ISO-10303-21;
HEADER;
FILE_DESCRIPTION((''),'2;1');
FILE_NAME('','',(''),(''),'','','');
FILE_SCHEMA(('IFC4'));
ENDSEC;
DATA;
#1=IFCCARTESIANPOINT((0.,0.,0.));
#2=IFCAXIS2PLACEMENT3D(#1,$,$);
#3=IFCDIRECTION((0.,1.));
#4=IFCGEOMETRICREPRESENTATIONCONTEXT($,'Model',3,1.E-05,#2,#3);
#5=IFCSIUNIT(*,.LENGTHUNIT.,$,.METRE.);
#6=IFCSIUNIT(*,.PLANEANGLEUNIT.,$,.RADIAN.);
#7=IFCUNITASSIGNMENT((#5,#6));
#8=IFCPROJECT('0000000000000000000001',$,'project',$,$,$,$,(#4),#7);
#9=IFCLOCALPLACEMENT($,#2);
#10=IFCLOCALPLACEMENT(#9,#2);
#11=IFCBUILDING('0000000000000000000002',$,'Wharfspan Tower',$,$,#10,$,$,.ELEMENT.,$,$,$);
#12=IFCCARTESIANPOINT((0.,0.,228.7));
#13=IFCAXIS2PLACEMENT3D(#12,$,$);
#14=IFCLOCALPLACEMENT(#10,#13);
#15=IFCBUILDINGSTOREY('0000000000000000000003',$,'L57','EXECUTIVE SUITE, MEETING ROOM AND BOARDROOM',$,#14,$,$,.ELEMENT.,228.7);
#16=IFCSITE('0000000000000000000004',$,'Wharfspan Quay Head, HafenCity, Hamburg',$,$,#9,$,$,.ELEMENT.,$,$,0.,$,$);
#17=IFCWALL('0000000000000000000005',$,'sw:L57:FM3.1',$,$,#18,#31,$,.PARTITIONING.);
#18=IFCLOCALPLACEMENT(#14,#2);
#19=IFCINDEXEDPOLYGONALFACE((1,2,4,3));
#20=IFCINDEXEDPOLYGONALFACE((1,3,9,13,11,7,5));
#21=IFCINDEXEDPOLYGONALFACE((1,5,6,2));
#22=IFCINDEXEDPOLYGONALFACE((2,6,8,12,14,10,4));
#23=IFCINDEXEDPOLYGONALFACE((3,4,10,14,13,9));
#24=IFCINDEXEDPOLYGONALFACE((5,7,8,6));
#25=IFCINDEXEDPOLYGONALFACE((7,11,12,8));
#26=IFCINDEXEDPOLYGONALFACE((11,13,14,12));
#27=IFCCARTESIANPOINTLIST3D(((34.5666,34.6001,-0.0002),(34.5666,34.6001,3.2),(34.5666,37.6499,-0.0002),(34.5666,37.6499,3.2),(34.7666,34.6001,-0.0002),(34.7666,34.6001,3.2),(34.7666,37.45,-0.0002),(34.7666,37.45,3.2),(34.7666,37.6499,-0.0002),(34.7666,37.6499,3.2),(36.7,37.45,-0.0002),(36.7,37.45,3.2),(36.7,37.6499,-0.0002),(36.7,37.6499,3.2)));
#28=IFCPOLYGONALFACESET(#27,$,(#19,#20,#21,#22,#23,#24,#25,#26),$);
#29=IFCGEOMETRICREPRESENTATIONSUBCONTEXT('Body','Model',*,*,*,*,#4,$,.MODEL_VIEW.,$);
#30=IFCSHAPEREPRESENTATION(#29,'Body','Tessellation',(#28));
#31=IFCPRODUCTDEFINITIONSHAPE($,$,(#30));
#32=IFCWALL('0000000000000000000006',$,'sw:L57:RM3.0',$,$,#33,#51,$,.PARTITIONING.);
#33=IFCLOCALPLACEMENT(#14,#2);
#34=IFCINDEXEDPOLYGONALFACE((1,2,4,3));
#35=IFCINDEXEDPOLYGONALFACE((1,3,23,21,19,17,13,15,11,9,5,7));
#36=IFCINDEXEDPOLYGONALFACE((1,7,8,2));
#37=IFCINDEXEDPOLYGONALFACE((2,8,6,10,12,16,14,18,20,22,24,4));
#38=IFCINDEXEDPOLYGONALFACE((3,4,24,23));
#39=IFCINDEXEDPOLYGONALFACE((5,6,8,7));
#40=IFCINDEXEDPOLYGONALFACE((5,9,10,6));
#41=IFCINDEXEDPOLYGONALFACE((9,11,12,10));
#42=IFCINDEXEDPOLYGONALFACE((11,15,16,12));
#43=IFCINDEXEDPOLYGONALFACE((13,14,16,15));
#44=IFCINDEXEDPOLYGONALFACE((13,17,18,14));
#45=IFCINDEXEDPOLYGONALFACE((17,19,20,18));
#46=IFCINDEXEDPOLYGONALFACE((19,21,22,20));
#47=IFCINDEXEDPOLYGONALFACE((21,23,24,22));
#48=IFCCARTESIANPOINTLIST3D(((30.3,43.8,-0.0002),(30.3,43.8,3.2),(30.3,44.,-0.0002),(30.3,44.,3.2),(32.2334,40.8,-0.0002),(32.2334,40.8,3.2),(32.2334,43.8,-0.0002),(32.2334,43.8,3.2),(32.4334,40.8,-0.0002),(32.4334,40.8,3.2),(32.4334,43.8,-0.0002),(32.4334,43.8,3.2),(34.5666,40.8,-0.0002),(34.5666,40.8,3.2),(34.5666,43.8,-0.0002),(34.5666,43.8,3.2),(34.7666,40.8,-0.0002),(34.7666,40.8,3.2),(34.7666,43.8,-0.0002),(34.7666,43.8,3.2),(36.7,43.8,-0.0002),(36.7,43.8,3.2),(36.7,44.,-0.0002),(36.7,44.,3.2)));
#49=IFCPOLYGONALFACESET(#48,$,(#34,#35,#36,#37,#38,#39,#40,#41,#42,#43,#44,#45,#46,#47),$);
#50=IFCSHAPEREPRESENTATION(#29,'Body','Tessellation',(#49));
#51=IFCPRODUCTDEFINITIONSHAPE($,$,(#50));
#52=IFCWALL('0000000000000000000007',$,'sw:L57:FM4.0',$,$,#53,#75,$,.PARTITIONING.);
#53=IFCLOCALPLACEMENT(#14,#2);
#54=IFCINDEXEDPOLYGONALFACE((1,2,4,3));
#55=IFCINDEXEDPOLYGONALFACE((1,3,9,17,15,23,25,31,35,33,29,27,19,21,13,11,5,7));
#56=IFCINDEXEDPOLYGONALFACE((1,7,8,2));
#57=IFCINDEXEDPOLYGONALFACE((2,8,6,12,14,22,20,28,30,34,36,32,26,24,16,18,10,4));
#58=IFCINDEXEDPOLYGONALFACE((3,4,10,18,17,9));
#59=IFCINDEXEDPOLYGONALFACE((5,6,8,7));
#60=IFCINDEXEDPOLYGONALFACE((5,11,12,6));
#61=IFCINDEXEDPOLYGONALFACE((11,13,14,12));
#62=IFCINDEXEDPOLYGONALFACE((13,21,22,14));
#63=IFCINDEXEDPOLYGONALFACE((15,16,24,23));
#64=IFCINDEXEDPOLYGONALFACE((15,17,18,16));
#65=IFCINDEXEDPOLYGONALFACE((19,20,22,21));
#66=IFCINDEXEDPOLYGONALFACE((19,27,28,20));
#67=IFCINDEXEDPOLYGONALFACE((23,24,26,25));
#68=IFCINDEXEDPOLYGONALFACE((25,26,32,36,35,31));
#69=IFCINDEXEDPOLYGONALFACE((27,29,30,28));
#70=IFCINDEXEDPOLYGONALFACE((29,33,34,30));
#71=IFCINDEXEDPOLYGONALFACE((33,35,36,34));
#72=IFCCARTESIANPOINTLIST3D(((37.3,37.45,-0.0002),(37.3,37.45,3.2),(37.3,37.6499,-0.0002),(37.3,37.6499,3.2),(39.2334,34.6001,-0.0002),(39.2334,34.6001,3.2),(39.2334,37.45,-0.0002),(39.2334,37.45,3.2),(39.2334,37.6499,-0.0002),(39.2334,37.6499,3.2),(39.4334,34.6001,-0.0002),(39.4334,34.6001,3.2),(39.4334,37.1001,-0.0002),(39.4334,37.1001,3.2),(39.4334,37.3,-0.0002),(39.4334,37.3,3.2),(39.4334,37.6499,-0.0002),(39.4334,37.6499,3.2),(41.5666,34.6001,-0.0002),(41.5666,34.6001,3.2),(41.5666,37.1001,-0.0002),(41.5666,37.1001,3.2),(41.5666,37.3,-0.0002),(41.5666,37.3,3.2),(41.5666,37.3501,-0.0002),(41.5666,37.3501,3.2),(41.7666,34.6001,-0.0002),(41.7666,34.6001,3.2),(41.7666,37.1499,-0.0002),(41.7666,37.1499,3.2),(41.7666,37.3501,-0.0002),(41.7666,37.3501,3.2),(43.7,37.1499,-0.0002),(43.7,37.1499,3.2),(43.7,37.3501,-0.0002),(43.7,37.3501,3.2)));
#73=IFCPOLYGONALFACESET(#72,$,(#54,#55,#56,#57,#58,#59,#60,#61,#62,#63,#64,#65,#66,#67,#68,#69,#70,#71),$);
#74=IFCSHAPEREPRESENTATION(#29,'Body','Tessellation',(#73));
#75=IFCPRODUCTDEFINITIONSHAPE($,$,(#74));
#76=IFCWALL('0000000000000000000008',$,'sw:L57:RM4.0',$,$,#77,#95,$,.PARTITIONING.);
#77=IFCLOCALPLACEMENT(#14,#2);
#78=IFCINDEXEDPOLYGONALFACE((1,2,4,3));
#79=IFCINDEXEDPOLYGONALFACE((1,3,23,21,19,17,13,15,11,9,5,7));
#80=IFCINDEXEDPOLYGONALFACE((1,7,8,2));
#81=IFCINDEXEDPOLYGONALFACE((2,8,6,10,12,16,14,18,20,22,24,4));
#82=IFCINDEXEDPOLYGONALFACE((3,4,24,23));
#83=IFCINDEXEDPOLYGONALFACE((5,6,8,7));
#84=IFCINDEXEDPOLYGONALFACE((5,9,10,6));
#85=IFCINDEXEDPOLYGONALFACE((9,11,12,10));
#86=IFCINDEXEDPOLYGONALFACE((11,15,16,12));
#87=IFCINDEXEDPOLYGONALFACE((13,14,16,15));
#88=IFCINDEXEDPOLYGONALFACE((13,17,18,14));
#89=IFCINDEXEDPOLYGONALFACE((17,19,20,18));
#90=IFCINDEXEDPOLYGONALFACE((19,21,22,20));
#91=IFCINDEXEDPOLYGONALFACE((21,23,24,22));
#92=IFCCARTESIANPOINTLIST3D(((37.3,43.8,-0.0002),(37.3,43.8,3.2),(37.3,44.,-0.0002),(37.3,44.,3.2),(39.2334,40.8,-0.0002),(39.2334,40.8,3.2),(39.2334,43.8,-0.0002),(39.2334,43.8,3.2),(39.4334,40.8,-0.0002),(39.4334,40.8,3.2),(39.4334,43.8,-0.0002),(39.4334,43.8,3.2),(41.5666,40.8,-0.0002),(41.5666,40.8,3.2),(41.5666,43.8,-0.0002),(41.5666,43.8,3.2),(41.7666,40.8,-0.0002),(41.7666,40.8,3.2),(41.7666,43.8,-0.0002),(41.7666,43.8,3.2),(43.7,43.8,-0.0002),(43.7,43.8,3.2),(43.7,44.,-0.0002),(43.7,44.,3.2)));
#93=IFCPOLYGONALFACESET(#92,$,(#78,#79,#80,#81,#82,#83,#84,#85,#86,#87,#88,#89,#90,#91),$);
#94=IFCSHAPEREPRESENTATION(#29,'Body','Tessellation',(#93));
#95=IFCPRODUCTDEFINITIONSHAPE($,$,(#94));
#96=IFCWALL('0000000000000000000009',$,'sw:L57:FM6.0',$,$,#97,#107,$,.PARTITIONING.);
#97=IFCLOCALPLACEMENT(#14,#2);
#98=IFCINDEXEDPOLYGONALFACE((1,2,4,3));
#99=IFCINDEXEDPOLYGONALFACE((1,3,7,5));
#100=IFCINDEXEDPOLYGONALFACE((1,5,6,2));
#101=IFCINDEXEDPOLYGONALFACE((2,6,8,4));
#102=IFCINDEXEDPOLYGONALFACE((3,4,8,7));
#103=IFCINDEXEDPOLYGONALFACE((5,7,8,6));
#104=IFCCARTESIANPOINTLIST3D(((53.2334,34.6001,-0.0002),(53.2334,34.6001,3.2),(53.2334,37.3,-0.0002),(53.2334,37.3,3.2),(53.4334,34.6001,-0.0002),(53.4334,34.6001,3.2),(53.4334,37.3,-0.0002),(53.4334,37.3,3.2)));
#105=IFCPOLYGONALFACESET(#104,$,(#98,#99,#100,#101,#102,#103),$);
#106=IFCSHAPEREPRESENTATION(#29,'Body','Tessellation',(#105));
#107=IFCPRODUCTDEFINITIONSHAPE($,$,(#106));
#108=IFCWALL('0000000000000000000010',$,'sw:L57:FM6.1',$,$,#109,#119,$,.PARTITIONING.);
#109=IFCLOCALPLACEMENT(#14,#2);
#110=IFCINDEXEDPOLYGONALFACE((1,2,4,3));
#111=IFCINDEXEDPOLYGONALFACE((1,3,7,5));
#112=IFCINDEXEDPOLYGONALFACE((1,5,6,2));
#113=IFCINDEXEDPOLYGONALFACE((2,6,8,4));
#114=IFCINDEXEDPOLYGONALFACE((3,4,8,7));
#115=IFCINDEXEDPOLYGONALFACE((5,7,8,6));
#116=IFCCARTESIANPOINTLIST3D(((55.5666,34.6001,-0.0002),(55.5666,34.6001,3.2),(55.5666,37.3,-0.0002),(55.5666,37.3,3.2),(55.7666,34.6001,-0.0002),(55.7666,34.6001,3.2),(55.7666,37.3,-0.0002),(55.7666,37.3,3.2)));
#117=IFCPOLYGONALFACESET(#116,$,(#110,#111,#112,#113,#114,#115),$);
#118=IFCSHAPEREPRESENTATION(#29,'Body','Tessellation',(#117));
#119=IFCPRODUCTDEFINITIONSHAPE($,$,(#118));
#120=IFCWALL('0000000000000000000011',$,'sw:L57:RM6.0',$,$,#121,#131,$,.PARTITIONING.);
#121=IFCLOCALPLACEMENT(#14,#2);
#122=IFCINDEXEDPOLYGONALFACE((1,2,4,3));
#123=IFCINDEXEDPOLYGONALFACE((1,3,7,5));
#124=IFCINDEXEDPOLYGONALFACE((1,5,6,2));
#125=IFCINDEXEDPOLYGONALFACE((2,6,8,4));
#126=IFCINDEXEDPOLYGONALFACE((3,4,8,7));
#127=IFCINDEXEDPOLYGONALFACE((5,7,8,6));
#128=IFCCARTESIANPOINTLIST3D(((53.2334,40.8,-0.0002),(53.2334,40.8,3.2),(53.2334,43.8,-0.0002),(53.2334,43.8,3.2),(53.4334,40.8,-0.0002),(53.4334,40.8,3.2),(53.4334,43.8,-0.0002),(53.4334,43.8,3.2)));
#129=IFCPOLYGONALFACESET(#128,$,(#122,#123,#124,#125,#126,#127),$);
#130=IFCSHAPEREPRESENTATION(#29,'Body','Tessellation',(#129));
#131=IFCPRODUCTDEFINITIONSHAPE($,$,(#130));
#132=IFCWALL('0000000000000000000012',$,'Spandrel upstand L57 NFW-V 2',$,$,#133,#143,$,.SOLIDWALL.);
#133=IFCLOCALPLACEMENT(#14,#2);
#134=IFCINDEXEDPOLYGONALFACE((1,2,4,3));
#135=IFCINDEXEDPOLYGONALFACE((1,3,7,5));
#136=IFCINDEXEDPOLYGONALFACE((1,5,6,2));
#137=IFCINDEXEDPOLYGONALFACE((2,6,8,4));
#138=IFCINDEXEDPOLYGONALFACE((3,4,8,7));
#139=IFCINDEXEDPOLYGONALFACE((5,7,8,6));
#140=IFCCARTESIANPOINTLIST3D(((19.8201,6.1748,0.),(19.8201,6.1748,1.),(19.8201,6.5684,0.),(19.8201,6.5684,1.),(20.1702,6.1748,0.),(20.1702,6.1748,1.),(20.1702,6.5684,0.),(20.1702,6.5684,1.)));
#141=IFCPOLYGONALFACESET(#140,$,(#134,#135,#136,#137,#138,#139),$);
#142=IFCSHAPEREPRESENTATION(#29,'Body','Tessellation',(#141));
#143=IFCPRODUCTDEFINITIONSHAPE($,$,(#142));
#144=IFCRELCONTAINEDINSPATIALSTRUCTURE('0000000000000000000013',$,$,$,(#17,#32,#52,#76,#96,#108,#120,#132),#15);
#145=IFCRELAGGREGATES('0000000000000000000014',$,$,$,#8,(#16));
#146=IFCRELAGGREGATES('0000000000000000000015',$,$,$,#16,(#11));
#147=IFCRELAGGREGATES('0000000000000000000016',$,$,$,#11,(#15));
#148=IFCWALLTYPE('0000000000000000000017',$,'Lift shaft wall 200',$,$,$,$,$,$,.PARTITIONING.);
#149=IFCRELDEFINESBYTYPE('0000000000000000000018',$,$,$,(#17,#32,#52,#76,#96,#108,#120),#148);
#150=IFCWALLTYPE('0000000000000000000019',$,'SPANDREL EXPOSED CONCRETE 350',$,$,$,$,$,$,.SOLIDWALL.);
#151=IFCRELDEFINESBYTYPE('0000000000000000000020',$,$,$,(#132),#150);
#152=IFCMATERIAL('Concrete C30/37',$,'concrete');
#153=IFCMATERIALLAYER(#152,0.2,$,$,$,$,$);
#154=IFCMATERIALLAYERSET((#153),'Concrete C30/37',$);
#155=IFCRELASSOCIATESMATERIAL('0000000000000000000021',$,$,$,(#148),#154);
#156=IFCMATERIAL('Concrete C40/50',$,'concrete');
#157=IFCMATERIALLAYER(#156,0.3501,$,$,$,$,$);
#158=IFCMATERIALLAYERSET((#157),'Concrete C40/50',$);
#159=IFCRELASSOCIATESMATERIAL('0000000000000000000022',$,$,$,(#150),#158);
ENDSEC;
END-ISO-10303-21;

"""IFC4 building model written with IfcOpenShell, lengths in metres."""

from ifc_helpers import new_model, si_unit, direction, frame, frame_2d, origin, place, context, subcontext, project, spatial, polyline, rectangle, outline, extrude, material, layer, layer_set, type_object, element, save


model = new_model("IFC4")

# Units and contexts
model_context = context("Model", 3, precision=1e-05, world=origin(), true_north=direction((0.0, 1.0)))
body_context = subcontext(model_context, "Body", "Model", "MODEL_VIEW")
ifc_project = project(units=[si_unit("LENGTHUNIT", "METRE"), si_unit("PLANEANGLEUNIT", "RADIAN")], contexts=[model_context])

# Site, building, storey
site_placement = place(None, origin())
site = spatial("IfcSite", under=ifc_project, at=site_placement, Name="Wharfspan Quay Head, HafenCity, Hamburg", CompositionType="ELEMENT", RefElevation=0.0)
building_placement = place(site_placement, origin())
building = spatial("IfcBuilding", under=site, at=building_placement, Name="Wharfspan Tower", CompositionType="ELEMENT")
storey_placement = place(building_placement, frame((0.0, 0.0, 228.7)))
storey = spatial("IfcBuildingStorey", under=building, at=storey_placement, Name="L57", Description="EXECUTIVE SUITE, MEETING ROOM AND BOARDROOM", CompositionType="ELEMENT", Elevation=228.7)

# Shared definitions
ifc_material_1 = material(Name="Concrete C40/50", Category="concrete")

# Walls
ifc_material_2 = material(Name="Concrete C30/37", Category="concrete")
ifc_layer_1 = layer(ifc_material_2, 0.2)
ifc_layer_set_1 = layer_set([ifc_layer_1], Name="Concrete C30/37")
wall_type_1 = type_object("IfcWallType", Name="Lift shaft wall 200", PredefinedType="PARTITIONING", material=ifc_layer_set_1)
wall_1_placement = place(storey_placement, frame((0.0, 0.0, -0.0002)))
element("IfcWall", 1, at=wall_1_placement, inside=storey, type_object=wall_type_1, Name="sw:L57:FM3.1", PredefinedType="PARTITIONING", context=body_context, shape_type="SweptSolid", body=[
    extrude(outline(polyline([(34.5667, 37.6499), (34.7666, 37.6499), (36.7, 37.6499), (36.7, 37.45), (34.7666, 37.45), (34.7666, 34.6001), (34.5667, 34.6001), (34.5667, 37.6499)])), origin(), (0.0, 0.0, 1.0), 3.2002),
])
wall_2_placement = place(storey_placement, frame((0.0, 0.0, -0.0002)))
element("IfcWall", 2, at=wall_2_placement, inside=storey, type_object=wall_type_1, Name="sw:L57:RM3.0", PredefinedType="PARTITIONING", context=body_context, shape_type="SweptSolid", body=[
    extrude(outline(polyline([(32.4333, 40.8), (32.2334, 40.8), (32.2334, 43.8), (30.3, 43.8), (30.3, 44.0), (36.7, 44.0), (36.7, 43.8), (34.7666, 43.8), (34.7666, 40.8), (34.5667, 40.8), (34.5667, 43.8), (32.4333, 43.8), (32.4333, 40.8)])), origin(), (0.0, 0.0, 1.0), 3.2002),
])
wall_3_placement = place(storey_placement, frame((0.0, 0.0, -0.0002)))
element("IfcWall", 3, at=wall_3_placement, inside=storey, type_object=wall_type_1, Name="sw:L57:FM4.0", PredefinedType="PARTITIONING", context=body_context, shape_type="SweptSolid", body=[
    extrude(outline(polyline([(41.5667, 37.1001), (39.4333, 37.1001), (39.4333, 34.6001), (39.2334, 34.6001), (39.2334, 37.45), (37.3, 37.45), (37.3, 37.6499), (39.2334, 37.6499), (39.4333, 37.6499), (39.4333, 37.3), (41.5667, 37.3), (41.5667, 37.3501), (41.7666, 37.3501), (43.7, 37.3501), (43.7, 37.1499), (41.7666, 37.1499), (41.7666, 34.6001), (41.5667, 34.6001), (41.5667, 37.1001)])), origin(), (0.0, 0.0, 1.0), 3.2002),
])
wall_4_placement = place(storey_placement, frame((0.0, 0.0, -0.0002)))
element("IfcWall", 4, at=wall_4_placement, inside=storey, type_object=wall_type_1, Name="sw:L57:RM4.0", PredefinedType="PARTITIONING", context=body_context, shape_type="SweptSolid", body=[
    extrude(outline(polyline([(39.4333, 40.8), (39.2334, 40.8), (39.2334, 43.8), (37.3, 43.8), (37.3, 44.0), (43.7, 44.0), (43.7, 43.8), (41.7666, 43.8), (41.7666, 40.8), (41.5667, 40.8), (41.5667, 43.8), (39.4333, 43.8), (39.4333, 40.8)])), origin(), (0.0, 0.0, 1.0), 3.2002),
])
wall_5_placement = place(storey_placement, frame((0.0, 0.0, -0.0002)))
element("IfcWall", 5, at=wall_5_placement, inside=storey, type_object=wall_type_1, Name="sw:L57:FM6.0", PredefinedType="PARTITIONING", context=body_context, shape_type="SweptSolid", body=[
    extrude(outline(polyline([(53.2334, 34.6001), (53.2334, 37.3), (53.4333, 37.3), (53.4333, 34.6001), (53.2334, 34.6001)])), origin(), (0.0, 0.0, 1.0), 3.2002),
])
wall_6_placement = place(storey_placement, frame((0.0, 0.0, -0.0002)))
element("IfcWall", 6, at=wall_6_placement, inside=storey, type_object=wall_type_1, Name="sw:L57:FM6.1", PredefinedType="PARTITIONING", context=body_context, shape_type="SweptSolid", body=[
    extrude(outline(polyline([(55.5667, 34.6001), (55.5667, 37.3), (55.7666, 37.3), (55.7666, 34.6001), (55.5667, 34.6001)])), origin(), (0.0, 0.0, 1.0), 3.2002),
])
wall_7_placement = place(storey_placement, frame((0.0, 0.0, -0.0002)))
element("IfcWall", 7, at=wall_7_placement, inside=storey, type_object=wall_type_1, Name="sw:L57:RM6.0", PredefinedType="PARTITIONING", context=body_context, shape_type="SweptSolid", body=[
    extrude(outline(polyline([(53.4333, 40.8), (53.4333, 43.8), (53.2334, 43.8), (53.2334, 40.8), (53.4333, 40.8)])), origin(), (0.0, 0.0, 1.0), 3.2002),
])
ifc_layer_2 = layer(ifc_material_1, 0.3501)
ifc_layer_set_2 = layer_set([ifc_layer_2], Name="Concrete C40/50")
wall_type_2 = type_object("IfcWallType", Name="SPANDREL EXPOSED CONCRETE 350", PredefinedType="SOLIDWALL", material=ifc_layer_set_2)
wall_8_placement = place(storey_placement, frame((19.9951, 6.5684, 0.0), z_axis=(0.0, 0.0, 1.0), x_axis=(0.0, -1.0, 0.0)))
element("IfcWall", 8, at=wall_8_placement, inside=storey, type_object=wall_type_2, Name="Spandrel upstand L57 NFW-V 2", PredefinedType="SOLIDWALL", context=body_context, shape_type="SweptSolid", body=[
    extrude(rectangle(XDim=0.3936, YDim=0.3501, at=frame_2d((0.1968, 0.0))), origin(), (0.0, 0.0, 1.0), 1.0),
])

save(model, "model.ifc")
